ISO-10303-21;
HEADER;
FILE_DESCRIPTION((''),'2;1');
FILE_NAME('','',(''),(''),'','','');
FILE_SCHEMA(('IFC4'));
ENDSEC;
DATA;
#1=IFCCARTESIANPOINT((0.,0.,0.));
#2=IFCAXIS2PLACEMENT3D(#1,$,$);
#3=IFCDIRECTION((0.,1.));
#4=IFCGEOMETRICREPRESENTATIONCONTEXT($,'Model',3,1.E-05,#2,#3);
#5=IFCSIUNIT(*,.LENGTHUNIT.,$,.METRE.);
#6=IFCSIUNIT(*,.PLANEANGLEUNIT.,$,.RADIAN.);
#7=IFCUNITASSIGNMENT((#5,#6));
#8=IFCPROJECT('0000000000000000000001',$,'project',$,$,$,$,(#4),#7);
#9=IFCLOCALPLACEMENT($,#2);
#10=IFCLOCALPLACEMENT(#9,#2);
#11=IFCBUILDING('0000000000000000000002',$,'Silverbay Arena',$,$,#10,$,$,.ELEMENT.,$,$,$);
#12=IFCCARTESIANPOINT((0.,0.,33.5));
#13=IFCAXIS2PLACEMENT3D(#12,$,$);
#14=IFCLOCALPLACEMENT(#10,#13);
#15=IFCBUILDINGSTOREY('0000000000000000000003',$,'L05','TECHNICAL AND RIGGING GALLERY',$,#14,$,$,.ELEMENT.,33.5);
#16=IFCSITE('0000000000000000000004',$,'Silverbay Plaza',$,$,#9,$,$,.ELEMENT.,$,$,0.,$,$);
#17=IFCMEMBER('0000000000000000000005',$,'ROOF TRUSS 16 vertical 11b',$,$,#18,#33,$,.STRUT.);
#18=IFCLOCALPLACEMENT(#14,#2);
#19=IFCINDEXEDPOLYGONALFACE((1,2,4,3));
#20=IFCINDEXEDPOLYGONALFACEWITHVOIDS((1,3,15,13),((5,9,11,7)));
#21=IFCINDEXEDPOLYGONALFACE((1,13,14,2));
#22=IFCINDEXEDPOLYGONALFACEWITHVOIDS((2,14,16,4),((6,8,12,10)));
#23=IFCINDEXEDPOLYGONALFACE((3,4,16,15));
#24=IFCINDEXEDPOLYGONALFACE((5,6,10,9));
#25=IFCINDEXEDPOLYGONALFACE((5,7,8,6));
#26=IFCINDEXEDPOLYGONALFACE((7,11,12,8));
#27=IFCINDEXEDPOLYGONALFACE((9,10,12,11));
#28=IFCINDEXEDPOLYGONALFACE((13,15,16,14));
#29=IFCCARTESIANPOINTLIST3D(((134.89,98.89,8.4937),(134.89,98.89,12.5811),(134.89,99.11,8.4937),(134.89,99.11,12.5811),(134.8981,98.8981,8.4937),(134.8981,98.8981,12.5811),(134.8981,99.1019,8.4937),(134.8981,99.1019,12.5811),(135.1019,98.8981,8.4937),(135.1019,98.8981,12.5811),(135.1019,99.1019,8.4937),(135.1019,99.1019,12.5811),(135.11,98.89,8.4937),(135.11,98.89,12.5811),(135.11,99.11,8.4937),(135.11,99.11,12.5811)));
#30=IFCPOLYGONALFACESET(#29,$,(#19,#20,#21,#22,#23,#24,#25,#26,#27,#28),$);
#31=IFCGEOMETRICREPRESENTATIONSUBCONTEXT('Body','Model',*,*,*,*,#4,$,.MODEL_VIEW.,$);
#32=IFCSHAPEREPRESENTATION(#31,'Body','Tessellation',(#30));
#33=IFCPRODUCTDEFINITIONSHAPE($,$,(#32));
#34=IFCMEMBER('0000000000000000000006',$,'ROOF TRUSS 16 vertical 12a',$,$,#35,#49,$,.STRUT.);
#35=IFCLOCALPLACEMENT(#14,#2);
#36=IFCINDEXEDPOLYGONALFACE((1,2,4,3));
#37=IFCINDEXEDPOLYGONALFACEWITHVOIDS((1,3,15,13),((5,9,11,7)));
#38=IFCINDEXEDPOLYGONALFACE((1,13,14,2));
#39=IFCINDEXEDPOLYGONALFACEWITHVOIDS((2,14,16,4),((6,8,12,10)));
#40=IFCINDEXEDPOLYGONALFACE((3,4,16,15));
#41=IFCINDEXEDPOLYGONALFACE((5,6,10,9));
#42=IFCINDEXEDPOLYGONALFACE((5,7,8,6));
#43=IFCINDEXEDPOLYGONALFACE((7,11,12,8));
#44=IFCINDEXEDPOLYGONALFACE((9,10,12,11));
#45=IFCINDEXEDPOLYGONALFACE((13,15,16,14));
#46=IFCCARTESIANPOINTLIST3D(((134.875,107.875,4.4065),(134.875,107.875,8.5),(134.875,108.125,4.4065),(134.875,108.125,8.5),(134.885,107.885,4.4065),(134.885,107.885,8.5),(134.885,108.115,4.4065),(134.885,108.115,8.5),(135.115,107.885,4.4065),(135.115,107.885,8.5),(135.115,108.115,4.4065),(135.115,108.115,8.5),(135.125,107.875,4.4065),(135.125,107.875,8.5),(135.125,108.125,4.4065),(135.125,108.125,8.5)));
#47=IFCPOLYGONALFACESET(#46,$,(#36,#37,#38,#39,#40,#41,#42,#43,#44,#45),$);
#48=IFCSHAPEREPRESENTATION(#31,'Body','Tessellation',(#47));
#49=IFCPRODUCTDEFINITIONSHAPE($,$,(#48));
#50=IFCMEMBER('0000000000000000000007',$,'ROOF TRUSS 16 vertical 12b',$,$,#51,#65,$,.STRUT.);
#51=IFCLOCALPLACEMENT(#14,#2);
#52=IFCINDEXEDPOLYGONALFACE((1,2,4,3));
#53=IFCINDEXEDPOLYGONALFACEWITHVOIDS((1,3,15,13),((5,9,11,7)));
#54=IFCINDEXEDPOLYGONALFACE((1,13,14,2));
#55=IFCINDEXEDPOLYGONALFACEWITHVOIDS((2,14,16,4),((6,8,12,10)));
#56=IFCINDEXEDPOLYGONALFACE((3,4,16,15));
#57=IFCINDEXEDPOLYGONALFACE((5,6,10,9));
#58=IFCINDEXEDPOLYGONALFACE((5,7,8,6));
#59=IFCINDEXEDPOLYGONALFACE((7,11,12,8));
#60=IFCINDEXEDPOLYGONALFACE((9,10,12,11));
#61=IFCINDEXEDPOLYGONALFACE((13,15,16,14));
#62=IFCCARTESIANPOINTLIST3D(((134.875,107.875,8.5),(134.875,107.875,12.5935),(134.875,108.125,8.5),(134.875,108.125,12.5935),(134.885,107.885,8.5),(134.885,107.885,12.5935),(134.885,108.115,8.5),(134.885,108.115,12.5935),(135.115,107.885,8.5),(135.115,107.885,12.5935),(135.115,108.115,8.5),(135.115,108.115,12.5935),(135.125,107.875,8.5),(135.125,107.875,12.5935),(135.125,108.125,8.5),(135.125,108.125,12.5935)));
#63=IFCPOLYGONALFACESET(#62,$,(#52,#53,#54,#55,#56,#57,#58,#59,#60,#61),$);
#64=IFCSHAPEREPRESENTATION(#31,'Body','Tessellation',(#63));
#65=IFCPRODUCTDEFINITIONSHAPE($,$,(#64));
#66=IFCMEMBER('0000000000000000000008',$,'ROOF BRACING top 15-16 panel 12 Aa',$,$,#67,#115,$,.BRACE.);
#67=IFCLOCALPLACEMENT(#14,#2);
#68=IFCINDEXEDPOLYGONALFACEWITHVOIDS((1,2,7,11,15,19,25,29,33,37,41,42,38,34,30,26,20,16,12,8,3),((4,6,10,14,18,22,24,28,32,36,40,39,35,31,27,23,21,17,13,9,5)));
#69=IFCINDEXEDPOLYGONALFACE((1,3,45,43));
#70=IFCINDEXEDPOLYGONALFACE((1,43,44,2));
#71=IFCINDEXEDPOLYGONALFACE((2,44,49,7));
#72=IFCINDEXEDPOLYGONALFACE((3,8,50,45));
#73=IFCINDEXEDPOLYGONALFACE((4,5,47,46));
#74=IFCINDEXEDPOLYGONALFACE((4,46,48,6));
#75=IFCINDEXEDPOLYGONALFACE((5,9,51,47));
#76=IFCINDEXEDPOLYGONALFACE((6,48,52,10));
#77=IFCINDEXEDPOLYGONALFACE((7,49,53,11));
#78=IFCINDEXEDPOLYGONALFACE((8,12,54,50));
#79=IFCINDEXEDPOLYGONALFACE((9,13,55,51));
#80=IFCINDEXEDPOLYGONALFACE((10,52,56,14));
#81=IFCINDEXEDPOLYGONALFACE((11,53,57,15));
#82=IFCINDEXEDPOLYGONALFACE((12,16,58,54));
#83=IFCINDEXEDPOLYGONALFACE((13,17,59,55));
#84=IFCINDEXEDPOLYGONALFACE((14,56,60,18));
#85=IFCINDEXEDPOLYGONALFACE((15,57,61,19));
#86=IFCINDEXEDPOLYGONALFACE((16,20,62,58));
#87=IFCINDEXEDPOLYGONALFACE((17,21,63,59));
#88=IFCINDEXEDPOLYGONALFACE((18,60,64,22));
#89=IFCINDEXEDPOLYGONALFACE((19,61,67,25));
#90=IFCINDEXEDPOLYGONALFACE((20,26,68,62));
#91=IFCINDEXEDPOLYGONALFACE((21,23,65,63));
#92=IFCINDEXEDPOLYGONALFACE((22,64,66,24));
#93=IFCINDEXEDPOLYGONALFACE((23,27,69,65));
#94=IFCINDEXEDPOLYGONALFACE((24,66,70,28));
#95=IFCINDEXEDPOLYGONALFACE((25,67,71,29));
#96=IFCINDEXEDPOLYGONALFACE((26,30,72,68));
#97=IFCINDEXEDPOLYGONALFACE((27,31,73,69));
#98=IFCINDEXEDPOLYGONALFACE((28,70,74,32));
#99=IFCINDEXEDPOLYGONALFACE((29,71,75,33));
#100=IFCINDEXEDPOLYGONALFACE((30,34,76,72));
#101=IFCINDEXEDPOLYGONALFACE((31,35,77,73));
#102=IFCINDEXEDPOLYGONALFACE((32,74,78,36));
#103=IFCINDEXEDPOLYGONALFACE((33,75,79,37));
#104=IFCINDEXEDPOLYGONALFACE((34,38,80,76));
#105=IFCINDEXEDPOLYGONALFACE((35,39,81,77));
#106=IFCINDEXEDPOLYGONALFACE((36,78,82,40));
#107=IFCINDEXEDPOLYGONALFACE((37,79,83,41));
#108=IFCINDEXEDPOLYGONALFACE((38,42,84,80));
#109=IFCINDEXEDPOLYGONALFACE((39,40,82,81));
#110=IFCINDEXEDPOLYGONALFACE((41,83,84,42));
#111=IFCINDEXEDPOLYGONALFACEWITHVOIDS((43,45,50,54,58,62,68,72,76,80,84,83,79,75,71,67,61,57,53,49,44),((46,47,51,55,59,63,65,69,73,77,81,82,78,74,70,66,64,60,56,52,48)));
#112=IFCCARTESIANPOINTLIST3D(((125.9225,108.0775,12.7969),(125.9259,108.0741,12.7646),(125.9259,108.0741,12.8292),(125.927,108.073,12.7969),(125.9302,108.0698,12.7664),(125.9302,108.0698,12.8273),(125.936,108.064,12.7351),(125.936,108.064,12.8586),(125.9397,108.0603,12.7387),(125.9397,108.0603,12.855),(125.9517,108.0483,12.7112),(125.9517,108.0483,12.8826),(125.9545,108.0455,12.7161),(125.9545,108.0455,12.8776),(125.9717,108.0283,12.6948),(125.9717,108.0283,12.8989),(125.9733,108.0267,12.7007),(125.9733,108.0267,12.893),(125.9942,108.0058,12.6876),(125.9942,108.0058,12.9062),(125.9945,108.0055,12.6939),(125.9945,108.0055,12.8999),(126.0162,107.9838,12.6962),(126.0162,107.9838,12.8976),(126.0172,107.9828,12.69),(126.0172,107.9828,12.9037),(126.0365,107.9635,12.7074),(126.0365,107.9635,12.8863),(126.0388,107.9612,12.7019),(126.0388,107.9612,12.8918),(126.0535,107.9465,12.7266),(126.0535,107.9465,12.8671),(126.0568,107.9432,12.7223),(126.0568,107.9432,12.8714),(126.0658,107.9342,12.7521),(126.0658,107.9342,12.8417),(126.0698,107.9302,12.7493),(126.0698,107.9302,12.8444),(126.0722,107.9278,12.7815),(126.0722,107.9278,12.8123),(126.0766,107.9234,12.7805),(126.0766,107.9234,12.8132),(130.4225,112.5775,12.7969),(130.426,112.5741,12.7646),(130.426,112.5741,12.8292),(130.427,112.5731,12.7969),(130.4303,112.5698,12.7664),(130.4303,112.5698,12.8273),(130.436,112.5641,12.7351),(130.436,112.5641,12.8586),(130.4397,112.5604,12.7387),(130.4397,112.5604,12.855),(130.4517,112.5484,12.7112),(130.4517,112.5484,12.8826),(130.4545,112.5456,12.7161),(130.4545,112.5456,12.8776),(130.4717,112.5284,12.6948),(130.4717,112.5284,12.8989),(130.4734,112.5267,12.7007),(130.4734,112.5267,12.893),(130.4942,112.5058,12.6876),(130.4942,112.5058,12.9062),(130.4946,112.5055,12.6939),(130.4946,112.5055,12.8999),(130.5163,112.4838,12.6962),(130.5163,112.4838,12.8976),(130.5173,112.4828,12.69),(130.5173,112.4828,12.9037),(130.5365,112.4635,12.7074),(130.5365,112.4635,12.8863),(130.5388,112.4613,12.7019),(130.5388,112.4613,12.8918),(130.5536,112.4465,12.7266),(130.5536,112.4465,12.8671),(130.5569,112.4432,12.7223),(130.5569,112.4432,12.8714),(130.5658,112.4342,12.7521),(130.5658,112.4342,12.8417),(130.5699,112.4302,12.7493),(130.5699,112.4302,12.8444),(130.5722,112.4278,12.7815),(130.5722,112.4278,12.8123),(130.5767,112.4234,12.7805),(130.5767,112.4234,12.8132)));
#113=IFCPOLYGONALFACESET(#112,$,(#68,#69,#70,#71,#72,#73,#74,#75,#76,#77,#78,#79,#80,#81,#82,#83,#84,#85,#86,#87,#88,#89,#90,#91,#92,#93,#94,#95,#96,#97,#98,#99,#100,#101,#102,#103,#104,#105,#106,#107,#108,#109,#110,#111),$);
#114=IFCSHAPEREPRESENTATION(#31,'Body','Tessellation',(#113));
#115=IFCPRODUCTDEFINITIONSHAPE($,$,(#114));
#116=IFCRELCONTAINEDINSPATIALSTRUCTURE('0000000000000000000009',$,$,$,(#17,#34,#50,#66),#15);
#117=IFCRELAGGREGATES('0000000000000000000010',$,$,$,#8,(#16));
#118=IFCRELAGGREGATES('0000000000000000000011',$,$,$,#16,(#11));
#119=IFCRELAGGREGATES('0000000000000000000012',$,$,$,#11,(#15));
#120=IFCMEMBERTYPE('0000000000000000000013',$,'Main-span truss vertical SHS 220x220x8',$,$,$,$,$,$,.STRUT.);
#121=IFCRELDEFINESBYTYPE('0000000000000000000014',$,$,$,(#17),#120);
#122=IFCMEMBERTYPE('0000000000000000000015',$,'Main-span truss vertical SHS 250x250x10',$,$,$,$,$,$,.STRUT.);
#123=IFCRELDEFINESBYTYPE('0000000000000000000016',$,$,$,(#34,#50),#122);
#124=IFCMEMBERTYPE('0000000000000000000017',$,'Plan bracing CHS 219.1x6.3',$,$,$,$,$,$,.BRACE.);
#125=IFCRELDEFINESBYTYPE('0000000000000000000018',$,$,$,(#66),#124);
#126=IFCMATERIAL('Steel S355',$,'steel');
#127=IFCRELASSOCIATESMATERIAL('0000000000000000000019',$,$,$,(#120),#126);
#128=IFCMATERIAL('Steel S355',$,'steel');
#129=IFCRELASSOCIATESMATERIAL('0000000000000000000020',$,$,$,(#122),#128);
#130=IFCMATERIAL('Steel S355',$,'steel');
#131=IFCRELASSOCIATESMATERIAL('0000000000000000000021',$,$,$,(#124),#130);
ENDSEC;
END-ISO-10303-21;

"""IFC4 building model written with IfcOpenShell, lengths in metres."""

from ifc_helpers import new_model, si_unit, direction, frame, origin, origin_2d, place, context, subcontext, project, spatial, hollow_rectangle, hollow_circle, extrude, material, material_profile, profile_set, type_object, element, save


model = new_model("IFC4")

# Units and contexts
model_context = context("Model", 3, precision=1e-05, world=origin(), true_north=direction((0.0, 1.0)))
body_context = subcontext(model_context, "Body", "Model", "MODEL_VIEW")
ifc_project = project(units=[si_unit("LENGTHUNIT", "METRE"), si_unit("PLANEANGLEUNIT", "RADIAN")], contexts=[model_context])

# Site, building, storey
site_placement = place(None, origin())
site = spatial("IfcSite", under=ifc_project, at=site_placement, Name="Silverbay Plaza", CompositionType="ELEMENT", RefElevation=0.0)
building_placement = place(site_placement, origin())
building = spatial("IfcBuilding", under=site, at=building_placement, Name="Silverbay Arena", CompositionType="ELEMENT")
storey_placement = place(building_placement, frame((0.0, 0.0, 33.5)))
storey = spatial("IfcBuildingStorey", under=building, at=storey_placement, Name="L05", Description="TECHNICAL AND RIGGING GALLERY", CompositionType="ELEMENT", Elevation=33.5)

# Members
ifc_material_1 = material(Name="Steel S355", Category="steel")
ifc_material_profile_1 = material_profile(ifc_material_1, hollow_rectangle(XDim=0.22, YDim=0.22, WallThickness=0.0081, at=origin_2d()), Name="SHS 220x220x8")
ifc_profile_set_1 = profile_set([ifc_material_profile_1], Name="Steel S355")
member_type_1 = type_object("IfcMemberType", Name="Main-span truss vertical SHS 220x220x8", PredefinedType="STRUT", material=ifc_profile_set_1)
member_1_placement = place(storey_placement, frame((135.0, 99.0, 8.4937), z_axis=(0.0, 0.0, 1.0), x_axis=(1.0, 0.0, 0.0)))
element("IfcMember", 1, at=member_1_placement, inside=storey, type_object=member_type_1, Name="ROOF TRUSS 16 vertical 11b", PredefinedType="STRUT", context=body_context, shape_type="SweptSolid", body=[
    extrude(hollow_rectangle(XDim=0.22, YDim=0.22, WallThickness=0.0081, at=origin_2d()), origin(), (0.0, 0.0, 1.0), 4.0874),
])
ifc_material_2 = material(Name="Steel S355", Category="steel")
ifc_material_profile_2 = material_profile(ifc_material_2, hollow_rectangle(XDim=0.25, YDim=0.25, WallThickness=0.01, at=origin_2d()), Name="SHS 250x250x10")
ifc_profile_set_2 = profile_set([ifc_material_profile_2], Name="Steel S355")
member_type_2 = type_object("IfcMemberType", Name="Main-span truss vertical SHS 250x250x10", PredefinedType="STRUT", material=ifc_profile_set_2)
for number, where, z_axis, x_axis, name in (
    (2, (135.0, 108.0, 4.4065), (0.0, 0.0, 1.0), (1.0, 0.0, 0.0), "ROOF TRUSS 16 vertical 12a"),
    (3, (135.0, 108.0, 8.5), (0.0, 0.0, 1.0), (1.0, 0.0, 0.0), "ROOF TRUSS 16 vertical 12b"),
):
    element("IfcMember", number, at=place(storey_placement, frame(where, z_axis=z_axis, x_axis=x_axis)), inside=storey, type_object=member_type_2, Name=name, PredefinedType="STRUT", context=body_context, shape_type="SweptSolid", body=[
        extrude(hollow_rectangle(XDim=0.25, YDim=0.25, WallThickness=0.01, at=origin_2d()), origin(), (0.0, 0.0, 1.0), 4.0935),
    ])
ifc_material_3 = material(Name="Steel S355", Category="steel")
ifc_material_profile_3 = material_profile(ifc_material_3, hollow_circle(Radius=0.1096, WallThickness=0.0063, at=origin_2d()), Name="CHS 219.1x6.3")
ifc_profile_set_3 = profile_set([ifc_material_profile_3], Name="Steel S355")
member_type_3 = type_object("IfcMemberType", Name="Plan bracing CHS 219.1x6.3", PredefinedType="BRACE", material=ifc_profile_set_3)
member_2_placement = place(storey_placement, frame((126.0, 108.0, 12.7969), z_axis=(0.707107, 0.707107, 0.0), x_axis=(-0.707107, 0.707107, 0.0)))
element("IfcMember", 4, at=member_2_placement, inside=storey, type_object=member_type_3, Name="ROOF BRACING top 15-16 panel 12 Aa", PredefinedType="BRACE", context=body_context, shape_type="SweptSolid", body=[
    extrude(hollow_circle(Radius=0.1096, WallThickness=0.0063, at=origin_2d()), origin(), (0.0, 0.0, 1.0), 6.364),
])

save(model, "model.ifc")
